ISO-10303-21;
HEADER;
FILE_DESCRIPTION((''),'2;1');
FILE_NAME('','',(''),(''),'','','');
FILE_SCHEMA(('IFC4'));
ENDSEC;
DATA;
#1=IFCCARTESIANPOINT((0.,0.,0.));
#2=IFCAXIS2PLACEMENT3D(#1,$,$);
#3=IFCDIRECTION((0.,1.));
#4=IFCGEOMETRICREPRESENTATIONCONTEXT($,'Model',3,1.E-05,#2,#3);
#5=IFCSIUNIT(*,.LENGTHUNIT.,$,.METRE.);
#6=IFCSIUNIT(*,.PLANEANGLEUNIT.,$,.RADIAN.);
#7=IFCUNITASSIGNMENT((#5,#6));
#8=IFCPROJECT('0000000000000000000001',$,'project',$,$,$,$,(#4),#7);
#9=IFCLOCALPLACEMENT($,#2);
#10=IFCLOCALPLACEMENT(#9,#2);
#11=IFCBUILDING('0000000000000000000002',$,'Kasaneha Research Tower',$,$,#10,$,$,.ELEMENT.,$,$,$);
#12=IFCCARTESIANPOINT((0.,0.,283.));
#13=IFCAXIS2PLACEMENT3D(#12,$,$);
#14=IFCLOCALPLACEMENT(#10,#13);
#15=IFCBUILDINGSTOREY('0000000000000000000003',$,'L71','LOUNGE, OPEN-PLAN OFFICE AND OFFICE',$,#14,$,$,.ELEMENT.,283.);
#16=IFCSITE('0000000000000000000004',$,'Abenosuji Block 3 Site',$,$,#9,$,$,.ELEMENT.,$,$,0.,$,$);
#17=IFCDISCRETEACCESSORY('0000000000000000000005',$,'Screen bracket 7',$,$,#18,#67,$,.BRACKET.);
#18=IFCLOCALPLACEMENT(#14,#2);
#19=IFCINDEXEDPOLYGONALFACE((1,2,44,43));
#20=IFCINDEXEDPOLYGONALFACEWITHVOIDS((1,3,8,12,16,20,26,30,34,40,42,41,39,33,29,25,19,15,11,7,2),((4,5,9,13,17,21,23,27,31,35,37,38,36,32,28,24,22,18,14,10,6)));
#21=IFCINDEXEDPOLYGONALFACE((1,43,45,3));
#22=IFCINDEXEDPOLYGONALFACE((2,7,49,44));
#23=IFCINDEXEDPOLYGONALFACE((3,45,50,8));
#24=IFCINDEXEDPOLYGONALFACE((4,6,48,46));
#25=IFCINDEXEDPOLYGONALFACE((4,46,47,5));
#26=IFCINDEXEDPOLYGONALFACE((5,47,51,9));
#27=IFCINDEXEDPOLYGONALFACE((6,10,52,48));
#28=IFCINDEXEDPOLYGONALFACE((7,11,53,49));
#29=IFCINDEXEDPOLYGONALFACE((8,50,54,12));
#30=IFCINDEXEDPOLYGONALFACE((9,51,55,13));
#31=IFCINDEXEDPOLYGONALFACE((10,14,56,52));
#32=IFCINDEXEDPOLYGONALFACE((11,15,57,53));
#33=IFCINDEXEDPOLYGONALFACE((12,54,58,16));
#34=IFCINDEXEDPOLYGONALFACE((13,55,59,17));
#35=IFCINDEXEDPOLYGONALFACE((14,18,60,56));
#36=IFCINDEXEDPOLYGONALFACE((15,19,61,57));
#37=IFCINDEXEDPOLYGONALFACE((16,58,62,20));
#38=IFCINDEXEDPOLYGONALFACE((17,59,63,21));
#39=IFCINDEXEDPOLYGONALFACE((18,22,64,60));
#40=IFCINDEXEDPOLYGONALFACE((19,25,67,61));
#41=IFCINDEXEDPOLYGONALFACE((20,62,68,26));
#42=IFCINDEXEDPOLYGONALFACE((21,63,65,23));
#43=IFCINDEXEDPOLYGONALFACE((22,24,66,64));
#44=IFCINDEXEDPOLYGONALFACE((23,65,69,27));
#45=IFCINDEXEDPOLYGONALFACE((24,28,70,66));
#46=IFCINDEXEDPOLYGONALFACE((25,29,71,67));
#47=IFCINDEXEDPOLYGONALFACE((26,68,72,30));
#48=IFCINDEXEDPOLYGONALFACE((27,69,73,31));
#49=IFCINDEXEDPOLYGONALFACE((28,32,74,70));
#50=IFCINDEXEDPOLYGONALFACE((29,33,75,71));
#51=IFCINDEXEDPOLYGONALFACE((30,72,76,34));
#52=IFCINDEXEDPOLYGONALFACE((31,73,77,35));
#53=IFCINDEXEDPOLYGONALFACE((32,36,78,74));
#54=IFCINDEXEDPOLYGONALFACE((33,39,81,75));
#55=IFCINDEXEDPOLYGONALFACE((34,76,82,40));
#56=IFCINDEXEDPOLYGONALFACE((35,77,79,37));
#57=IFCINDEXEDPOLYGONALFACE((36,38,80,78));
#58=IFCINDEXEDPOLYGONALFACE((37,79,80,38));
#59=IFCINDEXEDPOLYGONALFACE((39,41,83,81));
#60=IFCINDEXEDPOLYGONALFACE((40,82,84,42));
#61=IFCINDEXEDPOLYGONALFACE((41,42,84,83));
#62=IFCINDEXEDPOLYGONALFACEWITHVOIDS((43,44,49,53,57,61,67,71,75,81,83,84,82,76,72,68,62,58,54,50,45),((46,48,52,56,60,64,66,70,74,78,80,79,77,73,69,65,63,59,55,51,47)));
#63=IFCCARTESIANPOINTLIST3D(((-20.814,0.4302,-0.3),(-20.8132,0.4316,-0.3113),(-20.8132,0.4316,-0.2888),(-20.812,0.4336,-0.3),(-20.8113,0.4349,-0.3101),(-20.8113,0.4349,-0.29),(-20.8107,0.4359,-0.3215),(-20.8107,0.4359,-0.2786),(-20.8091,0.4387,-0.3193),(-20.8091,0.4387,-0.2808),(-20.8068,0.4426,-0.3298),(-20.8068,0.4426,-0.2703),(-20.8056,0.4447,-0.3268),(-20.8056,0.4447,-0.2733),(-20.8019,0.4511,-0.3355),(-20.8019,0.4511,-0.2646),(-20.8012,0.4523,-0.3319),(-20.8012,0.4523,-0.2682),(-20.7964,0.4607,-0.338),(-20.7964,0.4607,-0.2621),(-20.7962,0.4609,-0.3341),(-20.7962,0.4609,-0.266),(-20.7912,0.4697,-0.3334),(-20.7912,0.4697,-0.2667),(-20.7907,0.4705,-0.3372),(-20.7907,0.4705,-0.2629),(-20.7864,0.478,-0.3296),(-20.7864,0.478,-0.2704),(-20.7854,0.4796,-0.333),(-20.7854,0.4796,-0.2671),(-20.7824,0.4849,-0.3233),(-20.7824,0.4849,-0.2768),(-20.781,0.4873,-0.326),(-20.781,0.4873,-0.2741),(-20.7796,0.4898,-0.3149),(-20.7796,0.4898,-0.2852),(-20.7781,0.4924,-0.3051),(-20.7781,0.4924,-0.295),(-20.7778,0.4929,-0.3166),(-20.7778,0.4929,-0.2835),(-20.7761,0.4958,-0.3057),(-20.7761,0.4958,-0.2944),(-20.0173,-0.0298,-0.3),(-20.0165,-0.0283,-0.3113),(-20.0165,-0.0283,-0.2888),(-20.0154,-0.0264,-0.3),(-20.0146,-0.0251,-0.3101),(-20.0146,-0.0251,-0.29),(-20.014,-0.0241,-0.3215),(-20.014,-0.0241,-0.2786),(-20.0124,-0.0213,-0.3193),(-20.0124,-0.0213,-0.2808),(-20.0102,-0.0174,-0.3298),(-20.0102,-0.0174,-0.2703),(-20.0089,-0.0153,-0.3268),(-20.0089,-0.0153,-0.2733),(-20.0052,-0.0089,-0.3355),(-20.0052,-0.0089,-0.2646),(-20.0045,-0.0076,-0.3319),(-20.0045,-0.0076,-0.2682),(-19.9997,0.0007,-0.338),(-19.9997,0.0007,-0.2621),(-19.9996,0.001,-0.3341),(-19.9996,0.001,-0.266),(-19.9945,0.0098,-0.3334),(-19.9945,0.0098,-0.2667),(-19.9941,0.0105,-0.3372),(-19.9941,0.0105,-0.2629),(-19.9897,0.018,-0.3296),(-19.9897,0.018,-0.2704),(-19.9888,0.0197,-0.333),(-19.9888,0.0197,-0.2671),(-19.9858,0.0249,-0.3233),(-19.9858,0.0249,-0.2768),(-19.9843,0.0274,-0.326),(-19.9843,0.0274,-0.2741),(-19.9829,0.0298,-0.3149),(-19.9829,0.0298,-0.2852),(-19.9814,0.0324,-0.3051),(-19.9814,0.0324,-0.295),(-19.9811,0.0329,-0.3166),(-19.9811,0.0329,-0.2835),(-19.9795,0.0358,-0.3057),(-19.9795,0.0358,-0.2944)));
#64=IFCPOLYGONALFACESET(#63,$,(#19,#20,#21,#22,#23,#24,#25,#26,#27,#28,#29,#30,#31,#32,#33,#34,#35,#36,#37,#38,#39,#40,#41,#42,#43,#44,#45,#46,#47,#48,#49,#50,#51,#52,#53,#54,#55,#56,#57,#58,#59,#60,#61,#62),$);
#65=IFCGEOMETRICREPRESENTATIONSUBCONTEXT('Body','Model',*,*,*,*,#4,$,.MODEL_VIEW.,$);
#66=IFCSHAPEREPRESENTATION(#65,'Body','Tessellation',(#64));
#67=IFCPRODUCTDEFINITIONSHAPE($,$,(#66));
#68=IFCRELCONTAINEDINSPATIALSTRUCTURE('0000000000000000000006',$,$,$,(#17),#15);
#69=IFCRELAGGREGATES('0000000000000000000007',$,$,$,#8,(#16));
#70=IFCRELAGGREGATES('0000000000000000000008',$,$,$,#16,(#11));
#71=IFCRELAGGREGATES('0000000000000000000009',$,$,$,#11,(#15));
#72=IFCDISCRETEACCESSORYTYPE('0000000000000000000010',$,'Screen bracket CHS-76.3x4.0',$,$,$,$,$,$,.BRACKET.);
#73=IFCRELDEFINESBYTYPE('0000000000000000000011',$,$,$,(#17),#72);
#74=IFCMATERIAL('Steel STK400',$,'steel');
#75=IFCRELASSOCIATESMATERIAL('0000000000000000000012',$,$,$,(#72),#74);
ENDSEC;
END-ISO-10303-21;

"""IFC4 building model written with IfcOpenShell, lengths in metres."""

from ifc_helpers import new_model, si_unit, direction, frame, origin, origin_2d, place, context, subcontext, project, spatial, hollow_circle, extrude, material, material_profile, profile_set, type_object, element, save


model = new_model("IFC4")

# Units and contexts
model_context = context("Model", 3, precision=1e-05, world=origin(), true_north=direction((0.0, 1.0)))
body_context = subcontext(model_context, "Body", "Model", "MODEL_VIEW")
ifc_project = project(units=[si_unit("LENGTHUNIT", "METRE"), si_unit("PLANEANGLEUNIT", "RADIAN")], contexts=[model_context])

# Site, building, storey
site_placement = place(None, origin())
site = spatial("IfcSite", under=ifc_project, at=site_placement, Name="Abenosuji Block 3 Site", CompositionType="ELEMENT", RefElevation=0.0)
building_placement = place(site_placement, origin())
building = spatial("IfcBuilding", under=site, at=building_placement, Name="Kasaneha Research Tower", CompositionType="ELEMENT")
storey_placement = place(building_placement, frame((0.0, 0.0, 283.0)))
storey = spatial("IfcBuildingStorey", under=building, at=storey_placement, Name="L71", Description="LOUNGE, OPEN-PLAN OFFICE AND OFFICE", CompositionType="ELEMENT", Elevation=283.0)

# Discrete accessory
ifc_material_1 = material(Name="Steel STK400", Category="steel")
ifc_material_profile_1 = material_profile(ifc_material_1, hollow_circle(Radius=0.0381, WallThickness=0.0039, at=origin_2d()), Name="CHS-76.3x4.0")
ifc_profile_set_1 = profile_set([ifc_material_profile_1], Name="Steel STK400")
discrete_accessory_type = type_object("IfcDiscreteAccessoryType", Name="Screen bracket CHS-76.3x4.0", PredefinedType="BRACKET", material=ifc_profile_set_1)
discrete_accessory_1_placement = place(storey_placement, frame((-19.9983, 0.0032, -0.3), z_axis=(-0.866013, 0.500021, 0.0), x_axis=(-0.500021, -0.866013, 0.0)))
element("IfcDiscreteAccessory", 1, at=discrete_accessory_1_placement, inside=storey, type_object=discrete_accessory_type, Name="Screen bracket 7", PredefinedType="BRACKET", context=body_context, shape_type="SweptSolid", body=[
    extrude(hollow_circle(Radius=0.0381, WallThickness=0.0039, at=origin_2d()), origin(), (0.0, 0.0, 1.0), 0.9199),
])

save(model, "model.ifc")
